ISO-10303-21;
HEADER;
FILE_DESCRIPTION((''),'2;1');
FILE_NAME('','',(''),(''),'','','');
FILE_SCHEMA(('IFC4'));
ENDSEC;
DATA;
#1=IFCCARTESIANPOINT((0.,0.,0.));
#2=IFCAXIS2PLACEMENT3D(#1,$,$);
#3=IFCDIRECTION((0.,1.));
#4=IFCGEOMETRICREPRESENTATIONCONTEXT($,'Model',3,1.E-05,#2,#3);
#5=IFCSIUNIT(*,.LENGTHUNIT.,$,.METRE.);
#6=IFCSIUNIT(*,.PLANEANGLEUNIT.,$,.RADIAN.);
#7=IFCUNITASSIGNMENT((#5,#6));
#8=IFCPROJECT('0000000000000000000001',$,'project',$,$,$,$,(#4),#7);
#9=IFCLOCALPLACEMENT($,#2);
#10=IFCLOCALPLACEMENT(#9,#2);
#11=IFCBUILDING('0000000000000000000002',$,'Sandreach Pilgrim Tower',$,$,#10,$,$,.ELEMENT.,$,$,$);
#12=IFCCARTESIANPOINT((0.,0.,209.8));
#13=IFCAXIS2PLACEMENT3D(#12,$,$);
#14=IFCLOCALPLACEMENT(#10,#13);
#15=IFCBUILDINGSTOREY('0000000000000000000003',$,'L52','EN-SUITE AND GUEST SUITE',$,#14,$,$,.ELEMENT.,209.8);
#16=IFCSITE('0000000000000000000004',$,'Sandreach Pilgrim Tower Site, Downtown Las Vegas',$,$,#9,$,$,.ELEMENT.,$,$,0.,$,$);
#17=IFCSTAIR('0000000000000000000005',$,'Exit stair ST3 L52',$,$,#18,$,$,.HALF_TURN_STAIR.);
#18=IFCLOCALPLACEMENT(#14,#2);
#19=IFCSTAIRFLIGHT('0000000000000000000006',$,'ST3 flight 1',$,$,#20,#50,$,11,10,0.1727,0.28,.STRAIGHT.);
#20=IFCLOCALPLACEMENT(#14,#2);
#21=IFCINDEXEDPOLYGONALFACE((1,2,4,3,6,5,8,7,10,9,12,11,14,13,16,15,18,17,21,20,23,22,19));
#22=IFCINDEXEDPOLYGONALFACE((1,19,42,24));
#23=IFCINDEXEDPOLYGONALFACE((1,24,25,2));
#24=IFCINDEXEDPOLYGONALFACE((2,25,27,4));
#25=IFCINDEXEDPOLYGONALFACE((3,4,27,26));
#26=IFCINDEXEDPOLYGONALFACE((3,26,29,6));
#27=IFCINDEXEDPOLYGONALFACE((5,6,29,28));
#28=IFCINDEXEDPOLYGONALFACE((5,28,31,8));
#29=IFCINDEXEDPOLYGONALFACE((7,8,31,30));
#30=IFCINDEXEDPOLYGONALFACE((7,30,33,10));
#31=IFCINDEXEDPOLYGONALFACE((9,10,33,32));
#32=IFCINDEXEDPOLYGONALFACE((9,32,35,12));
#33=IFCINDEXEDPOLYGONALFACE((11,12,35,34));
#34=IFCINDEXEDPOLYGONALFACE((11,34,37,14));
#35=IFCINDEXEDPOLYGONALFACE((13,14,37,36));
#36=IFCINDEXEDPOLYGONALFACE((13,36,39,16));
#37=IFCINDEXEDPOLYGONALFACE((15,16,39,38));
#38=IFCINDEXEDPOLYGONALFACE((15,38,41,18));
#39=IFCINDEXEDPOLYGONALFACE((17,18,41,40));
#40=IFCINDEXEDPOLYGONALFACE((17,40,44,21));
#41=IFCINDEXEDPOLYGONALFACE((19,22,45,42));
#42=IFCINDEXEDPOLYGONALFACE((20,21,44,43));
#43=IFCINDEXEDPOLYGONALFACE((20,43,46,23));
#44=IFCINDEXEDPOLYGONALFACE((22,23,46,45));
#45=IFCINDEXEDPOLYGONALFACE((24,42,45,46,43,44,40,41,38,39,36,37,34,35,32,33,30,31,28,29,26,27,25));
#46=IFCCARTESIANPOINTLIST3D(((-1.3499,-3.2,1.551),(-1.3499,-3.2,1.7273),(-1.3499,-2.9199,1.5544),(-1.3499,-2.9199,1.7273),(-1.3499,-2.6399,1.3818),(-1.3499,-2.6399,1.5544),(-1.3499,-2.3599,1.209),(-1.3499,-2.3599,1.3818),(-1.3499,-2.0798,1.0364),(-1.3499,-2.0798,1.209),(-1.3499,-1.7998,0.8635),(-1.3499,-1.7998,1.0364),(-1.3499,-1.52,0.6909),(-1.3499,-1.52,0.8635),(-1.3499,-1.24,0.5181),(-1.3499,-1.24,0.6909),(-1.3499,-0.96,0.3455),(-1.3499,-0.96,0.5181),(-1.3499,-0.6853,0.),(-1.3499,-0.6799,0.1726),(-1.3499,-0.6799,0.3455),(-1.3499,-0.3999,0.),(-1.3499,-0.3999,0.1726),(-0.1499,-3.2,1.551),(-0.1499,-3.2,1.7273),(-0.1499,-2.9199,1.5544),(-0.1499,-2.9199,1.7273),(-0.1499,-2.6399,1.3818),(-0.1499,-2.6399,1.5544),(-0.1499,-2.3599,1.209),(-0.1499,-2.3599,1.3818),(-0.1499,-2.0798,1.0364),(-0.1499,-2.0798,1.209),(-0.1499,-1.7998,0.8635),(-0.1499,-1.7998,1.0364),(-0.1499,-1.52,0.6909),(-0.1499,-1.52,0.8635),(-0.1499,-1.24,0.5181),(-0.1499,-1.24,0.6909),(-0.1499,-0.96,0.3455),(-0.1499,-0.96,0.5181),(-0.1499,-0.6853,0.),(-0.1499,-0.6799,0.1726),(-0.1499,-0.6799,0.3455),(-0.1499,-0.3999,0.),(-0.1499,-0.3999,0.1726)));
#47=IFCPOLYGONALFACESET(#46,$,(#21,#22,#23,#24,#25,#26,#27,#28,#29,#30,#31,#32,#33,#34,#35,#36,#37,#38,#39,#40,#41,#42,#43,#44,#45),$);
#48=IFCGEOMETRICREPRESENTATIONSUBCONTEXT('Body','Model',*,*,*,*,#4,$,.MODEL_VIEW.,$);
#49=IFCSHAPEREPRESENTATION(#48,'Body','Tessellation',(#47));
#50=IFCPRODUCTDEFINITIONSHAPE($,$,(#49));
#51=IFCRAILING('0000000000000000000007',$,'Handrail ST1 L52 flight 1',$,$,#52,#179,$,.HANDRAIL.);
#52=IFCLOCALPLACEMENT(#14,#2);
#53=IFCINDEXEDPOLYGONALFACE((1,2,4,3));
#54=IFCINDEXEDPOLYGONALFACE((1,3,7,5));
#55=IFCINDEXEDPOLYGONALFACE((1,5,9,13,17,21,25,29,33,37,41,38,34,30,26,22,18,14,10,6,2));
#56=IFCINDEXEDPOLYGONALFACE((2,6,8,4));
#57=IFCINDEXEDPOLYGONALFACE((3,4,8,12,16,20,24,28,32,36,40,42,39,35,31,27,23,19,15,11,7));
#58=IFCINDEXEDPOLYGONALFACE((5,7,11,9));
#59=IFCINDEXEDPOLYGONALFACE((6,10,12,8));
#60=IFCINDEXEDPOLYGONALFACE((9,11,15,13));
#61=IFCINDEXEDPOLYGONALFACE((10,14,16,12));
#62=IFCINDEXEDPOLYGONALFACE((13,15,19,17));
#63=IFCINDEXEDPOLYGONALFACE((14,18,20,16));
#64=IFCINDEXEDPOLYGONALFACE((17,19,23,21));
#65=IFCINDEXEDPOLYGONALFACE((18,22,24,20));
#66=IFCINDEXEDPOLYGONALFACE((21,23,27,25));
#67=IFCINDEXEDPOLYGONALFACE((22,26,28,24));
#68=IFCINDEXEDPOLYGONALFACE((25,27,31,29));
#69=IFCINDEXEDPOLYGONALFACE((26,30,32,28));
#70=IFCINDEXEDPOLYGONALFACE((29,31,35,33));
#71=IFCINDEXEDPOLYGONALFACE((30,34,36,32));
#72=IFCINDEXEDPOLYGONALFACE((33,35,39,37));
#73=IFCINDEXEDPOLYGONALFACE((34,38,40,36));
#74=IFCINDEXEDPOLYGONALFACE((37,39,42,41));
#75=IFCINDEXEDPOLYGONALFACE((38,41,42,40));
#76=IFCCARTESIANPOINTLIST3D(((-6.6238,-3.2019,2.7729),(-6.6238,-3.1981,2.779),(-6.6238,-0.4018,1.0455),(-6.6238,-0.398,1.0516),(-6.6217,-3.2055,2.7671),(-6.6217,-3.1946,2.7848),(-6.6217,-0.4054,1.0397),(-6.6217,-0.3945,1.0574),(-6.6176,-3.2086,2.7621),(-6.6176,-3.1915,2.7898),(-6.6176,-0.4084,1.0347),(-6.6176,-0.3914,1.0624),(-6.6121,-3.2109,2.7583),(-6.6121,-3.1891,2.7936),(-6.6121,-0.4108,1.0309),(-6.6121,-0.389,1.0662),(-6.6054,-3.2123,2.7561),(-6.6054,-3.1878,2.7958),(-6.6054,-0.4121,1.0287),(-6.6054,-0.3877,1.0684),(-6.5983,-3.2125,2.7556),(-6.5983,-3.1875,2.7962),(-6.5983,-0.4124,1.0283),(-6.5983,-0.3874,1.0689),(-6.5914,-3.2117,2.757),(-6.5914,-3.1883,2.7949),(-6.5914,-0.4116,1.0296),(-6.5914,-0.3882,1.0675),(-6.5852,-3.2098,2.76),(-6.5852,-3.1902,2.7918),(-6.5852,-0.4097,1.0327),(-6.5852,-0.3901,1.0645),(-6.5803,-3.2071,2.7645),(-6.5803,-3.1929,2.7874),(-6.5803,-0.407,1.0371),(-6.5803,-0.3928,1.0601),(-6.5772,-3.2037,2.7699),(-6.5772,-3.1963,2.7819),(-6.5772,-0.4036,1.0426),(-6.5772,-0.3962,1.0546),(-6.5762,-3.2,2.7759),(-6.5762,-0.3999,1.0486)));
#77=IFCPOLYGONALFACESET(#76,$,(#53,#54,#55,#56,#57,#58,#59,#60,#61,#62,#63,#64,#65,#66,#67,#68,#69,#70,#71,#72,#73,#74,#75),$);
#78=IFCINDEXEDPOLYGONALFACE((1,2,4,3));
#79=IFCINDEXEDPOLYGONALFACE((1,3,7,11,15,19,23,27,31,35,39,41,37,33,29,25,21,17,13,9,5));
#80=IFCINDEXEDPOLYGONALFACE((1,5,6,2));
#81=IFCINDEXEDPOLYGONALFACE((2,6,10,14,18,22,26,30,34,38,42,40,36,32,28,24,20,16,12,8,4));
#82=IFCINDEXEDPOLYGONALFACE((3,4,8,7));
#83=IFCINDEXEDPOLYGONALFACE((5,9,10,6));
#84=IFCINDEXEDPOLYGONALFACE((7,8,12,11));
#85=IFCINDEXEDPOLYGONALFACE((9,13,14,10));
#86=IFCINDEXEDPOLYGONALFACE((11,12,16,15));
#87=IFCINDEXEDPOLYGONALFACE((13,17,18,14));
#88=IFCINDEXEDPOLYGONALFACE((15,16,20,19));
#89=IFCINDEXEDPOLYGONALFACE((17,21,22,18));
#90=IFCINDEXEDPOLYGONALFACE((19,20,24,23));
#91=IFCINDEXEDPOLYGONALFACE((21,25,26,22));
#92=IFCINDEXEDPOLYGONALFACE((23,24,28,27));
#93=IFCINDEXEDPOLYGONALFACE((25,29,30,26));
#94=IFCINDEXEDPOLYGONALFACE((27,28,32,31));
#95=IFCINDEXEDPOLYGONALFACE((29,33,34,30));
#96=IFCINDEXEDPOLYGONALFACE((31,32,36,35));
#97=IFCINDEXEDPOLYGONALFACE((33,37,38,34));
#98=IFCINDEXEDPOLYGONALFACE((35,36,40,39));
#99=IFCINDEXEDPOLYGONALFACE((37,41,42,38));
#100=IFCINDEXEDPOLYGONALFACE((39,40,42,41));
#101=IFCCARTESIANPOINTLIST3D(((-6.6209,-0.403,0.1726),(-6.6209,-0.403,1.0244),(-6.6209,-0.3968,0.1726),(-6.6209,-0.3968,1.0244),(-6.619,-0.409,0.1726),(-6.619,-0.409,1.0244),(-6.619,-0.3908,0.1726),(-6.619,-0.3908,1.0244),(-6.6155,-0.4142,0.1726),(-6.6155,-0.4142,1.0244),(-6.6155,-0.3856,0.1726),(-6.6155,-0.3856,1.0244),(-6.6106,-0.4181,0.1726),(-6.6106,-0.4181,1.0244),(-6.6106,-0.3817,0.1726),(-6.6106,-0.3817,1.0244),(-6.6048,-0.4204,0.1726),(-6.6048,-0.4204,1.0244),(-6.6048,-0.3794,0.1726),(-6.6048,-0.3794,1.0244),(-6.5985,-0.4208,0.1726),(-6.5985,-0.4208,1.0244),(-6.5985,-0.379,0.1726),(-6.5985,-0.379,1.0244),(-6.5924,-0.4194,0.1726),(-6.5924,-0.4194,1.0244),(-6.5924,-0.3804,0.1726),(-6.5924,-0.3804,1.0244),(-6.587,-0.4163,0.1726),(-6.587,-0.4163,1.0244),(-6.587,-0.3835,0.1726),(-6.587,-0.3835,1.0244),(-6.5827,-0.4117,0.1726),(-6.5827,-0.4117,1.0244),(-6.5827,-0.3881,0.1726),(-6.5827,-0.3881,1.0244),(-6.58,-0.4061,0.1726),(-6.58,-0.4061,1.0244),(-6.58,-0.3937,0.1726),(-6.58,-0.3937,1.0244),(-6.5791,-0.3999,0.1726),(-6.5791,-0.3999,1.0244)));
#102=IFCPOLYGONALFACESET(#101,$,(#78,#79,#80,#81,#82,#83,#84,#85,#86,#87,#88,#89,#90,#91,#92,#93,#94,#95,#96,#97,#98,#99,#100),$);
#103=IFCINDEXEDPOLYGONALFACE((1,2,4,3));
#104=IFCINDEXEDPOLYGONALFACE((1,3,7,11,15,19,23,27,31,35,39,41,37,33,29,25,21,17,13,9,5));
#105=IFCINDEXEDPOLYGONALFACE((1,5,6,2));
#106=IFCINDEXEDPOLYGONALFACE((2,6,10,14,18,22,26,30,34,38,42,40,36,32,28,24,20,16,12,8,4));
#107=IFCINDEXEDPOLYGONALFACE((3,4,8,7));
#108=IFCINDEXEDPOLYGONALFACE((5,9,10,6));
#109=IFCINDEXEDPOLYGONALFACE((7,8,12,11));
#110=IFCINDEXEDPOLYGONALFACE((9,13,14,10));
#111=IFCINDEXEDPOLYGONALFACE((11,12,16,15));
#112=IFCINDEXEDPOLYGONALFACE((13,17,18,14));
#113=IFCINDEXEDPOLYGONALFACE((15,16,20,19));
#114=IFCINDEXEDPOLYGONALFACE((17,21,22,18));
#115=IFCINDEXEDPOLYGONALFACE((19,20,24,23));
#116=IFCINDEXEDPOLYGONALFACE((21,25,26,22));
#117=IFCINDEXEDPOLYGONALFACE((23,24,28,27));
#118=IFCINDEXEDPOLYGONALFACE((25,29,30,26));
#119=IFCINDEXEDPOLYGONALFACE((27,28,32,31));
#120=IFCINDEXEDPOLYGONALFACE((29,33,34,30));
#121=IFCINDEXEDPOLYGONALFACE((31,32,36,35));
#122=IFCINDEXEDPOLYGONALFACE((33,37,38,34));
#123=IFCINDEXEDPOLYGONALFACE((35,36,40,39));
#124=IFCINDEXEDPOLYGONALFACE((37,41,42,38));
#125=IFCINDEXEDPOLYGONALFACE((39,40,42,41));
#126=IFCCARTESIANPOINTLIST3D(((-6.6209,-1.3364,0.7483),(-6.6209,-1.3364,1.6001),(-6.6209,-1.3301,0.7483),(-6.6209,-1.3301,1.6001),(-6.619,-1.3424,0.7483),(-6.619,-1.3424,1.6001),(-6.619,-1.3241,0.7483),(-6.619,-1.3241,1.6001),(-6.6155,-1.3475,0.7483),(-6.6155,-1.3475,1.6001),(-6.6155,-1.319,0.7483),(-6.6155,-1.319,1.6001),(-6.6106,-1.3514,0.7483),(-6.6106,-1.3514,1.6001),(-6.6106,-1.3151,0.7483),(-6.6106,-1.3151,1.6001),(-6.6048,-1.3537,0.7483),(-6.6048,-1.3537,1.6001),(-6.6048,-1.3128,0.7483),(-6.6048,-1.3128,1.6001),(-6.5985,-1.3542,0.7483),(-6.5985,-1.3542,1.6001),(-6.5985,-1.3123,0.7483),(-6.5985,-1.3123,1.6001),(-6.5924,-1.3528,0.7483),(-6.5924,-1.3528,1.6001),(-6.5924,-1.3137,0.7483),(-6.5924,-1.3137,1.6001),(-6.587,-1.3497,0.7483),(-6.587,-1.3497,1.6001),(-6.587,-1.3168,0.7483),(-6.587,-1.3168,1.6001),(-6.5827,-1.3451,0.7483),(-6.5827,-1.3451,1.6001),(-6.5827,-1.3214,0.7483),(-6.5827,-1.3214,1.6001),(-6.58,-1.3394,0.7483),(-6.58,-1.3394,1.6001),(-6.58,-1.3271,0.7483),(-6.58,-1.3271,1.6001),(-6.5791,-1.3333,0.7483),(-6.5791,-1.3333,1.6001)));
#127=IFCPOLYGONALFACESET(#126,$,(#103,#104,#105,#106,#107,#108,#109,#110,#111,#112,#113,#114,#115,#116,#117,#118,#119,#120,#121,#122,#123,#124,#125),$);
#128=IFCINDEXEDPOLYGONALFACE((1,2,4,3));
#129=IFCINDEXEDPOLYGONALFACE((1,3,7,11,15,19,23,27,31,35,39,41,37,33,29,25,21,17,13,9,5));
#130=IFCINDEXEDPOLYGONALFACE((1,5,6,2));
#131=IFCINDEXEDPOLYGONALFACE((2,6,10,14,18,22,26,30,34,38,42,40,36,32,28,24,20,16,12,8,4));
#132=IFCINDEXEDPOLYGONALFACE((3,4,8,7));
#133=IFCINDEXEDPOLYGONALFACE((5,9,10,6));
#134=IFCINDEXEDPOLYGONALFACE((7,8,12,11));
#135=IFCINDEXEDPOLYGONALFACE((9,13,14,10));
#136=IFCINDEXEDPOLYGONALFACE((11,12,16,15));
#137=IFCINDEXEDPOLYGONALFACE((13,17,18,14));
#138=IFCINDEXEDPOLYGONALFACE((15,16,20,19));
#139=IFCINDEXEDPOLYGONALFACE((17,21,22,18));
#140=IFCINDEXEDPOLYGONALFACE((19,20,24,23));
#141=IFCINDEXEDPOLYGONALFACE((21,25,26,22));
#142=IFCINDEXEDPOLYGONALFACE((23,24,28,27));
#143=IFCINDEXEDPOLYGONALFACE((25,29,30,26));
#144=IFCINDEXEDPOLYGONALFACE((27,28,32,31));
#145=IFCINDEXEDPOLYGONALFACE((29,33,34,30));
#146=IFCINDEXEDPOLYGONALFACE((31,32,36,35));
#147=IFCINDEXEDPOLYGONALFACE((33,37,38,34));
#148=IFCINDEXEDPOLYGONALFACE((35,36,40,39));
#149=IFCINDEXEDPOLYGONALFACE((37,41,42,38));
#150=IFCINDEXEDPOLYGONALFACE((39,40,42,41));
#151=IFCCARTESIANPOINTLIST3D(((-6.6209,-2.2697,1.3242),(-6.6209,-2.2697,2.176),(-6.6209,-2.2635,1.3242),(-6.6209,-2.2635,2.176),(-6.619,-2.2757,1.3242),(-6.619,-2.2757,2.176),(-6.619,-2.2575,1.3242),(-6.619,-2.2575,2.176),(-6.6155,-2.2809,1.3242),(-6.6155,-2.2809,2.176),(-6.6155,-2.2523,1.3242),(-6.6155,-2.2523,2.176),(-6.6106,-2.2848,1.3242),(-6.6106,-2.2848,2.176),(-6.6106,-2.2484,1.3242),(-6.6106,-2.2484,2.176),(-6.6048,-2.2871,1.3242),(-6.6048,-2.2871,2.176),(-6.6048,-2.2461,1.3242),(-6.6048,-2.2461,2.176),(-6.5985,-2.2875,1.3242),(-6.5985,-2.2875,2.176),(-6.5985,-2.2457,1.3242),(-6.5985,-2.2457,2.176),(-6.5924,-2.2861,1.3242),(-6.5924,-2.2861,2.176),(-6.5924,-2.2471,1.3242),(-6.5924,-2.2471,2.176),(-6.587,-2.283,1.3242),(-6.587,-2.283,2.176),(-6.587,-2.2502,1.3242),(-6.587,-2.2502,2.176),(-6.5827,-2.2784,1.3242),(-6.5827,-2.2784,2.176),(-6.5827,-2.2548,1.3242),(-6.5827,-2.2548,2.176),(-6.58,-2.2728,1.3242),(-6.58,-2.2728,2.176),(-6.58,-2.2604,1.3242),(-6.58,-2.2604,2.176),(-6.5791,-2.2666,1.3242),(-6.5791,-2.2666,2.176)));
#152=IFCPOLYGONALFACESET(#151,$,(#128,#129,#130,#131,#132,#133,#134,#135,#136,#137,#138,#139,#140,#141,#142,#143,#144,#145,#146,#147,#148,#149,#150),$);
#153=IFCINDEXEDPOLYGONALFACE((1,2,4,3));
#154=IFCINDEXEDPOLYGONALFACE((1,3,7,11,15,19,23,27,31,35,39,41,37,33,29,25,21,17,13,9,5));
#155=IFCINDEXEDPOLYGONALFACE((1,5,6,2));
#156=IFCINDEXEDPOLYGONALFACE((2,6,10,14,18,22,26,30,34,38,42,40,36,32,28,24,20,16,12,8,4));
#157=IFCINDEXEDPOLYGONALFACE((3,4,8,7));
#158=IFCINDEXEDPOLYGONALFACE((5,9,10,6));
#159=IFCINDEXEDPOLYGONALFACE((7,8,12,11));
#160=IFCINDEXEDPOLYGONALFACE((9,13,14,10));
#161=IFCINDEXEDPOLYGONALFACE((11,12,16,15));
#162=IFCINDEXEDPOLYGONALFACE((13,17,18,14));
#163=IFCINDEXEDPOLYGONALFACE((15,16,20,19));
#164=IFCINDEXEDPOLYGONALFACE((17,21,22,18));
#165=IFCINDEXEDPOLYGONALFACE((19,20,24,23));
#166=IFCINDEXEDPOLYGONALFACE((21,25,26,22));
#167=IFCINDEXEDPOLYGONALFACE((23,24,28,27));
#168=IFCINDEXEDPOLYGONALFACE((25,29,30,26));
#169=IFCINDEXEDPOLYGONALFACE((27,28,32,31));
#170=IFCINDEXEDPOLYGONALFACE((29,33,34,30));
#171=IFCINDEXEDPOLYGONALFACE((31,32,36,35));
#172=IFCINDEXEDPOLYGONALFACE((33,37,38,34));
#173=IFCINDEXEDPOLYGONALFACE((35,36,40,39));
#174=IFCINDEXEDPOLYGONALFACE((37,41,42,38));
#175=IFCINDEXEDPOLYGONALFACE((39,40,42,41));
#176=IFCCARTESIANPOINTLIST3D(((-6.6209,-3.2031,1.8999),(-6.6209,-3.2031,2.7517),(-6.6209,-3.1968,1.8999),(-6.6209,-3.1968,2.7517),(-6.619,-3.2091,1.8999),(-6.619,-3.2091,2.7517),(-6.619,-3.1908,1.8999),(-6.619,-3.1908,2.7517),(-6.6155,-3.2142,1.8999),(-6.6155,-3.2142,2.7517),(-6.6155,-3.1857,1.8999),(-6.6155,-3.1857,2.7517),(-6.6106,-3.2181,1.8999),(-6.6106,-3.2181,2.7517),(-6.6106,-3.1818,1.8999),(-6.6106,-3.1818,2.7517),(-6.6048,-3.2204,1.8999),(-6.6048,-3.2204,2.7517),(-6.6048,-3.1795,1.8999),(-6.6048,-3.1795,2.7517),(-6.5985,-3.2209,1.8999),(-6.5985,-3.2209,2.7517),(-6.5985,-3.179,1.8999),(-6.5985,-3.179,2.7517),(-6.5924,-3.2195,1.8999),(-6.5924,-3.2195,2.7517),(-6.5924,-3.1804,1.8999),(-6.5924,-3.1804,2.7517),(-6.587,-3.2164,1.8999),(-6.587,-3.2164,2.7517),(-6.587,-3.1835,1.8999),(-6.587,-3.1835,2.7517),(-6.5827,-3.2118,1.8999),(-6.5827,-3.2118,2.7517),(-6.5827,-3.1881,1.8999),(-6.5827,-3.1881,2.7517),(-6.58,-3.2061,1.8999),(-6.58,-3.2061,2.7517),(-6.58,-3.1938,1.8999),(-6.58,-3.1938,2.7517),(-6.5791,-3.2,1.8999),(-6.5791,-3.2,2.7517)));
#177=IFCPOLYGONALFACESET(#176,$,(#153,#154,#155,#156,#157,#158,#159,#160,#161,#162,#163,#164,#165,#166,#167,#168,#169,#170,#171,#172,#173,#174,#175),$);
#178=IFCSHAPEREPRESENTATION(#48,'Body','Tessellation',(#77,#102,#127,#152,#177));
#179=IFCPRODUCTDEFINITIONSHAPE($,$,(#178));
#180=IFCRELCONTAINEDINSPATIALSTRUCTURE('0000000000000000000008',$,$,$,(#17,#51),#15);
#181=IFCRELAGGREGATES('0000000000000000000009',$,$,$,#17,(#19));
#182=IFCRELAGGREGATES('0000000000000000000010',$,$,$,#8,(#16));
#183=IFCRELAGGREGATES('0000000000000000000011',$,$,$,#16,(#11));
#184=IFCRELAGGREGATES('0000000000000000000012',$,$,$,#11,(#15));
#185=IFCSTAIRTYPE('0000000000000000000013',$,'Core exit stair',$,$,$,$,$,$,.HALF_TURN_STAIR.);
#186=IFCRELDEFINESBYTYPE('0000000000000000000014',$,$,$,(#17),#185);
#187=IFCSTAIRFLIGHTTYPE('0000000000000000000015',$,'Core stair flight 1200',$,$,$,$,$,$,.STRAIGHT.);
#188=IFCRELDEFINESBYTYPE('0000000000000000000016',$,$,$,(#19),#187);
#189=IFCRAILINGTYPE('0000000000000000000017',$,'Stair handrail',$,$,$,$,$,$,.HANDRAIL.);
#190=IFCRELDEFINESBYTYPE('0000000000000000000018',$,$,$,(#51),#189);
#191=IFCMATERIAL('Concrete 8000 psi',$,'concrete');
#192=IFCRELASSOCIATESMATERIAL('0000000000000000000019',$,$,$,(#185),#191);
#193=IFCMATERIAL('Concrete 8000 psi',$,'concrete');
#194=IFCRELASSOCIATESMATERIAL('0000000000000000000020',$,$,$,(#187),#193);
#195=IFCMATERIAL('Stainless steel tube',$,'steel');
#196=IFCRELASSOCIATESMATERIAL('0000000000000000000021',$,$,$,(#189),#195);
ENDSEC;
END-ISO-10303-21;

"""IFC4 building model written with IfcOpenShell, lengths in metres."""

from ifc_helpers import new_model, si_unit, direction, frame, origin, origin_2d, place, context, subcontext, project, spatial, polyline, circle, outline, extrude, material, type_object, element, aggregate, save


model = new_model("IFC4")

# Units and contexts
model_context = context("Model", 3, precision=1e-05, world=origin(), true_north=direction((0.0, 1.0)))
body_context = subcontext(model_context, "Body", "Model", "MODEL_VIEW")
ifc_project = project(units=[si_unit("LENGTHUNIT", "METRE"), si_unit("PLANEANGLEUNIT", "RADIAN")], contexts=[model_context])

# Site, building, storey
site_placement = place(None, origin())
site = spatial("IfcSite", under=ifc_project, at=site_placement, Name="Sandreach Pilgrim Tower Site, Downtown Las Vegas", CompositionType="ELEMENT", RefElevation=0.0)
building_placement = place(site_placement, origin())
building = spatial("IfcBuilding", under=site, at=building_placement, Name="Sandreach Pilgrim Tower", CompositionType="ELEMENT")
storey_placement = place(building_placement, frame((0.0, 0.0, 209.8)))
storey = spatial("IfcBuildingStorey", under=building, at=storey_placement, Name="L52", Description="EN-SUITE AND GUEST SUITE", CompositionType="ELEMENT", Elevation=209.8)

# Shared definitions
ifc_material_1 = material(Name="Concrete 8000 psi", Category="concrete")
stair_type = type_object("IfcStairType", Name="Core exit stair", PredefinedType="HALF_TURN_STAIR", material=ifc_material_1)
ifc_material_2 = material(Name="Concrete 8000 psi", Category="concrete")
stair_flight_type = type_object("IfcStairFlightType", Name="Core stair flight 1200", PredefinedType="STRAIGHT", material=ifc_material_2)

# Stair, stair flight
stair_1_placement = place(storey_placement, origin())
stair_1 = element("IfcStair", 1, at=stair_1_placement, inside=storey, type_object=stair_type, Name="Exit stair ST3 L52", PredefinedType="HALF_TURN_STAIR")
stair_flight_1_placement = place(storey_placement, frame((-0.75, -0.3999, 0.0), z_axis=(0.0, 0.0, 1.0), x_axis=(0.0, -1.0, 0.0)))
stair_flight_1 = element("IfcStairFlight", 2, at=stair_flight_1_placement, type_object=stair_flight_type, Name="ST3 flight 1", NumberOfRisers=11, NumberOfTreads=10, PredefinedType="STRAIGHT", RiserHeight=0.1727, TreadLength=0.28, context=body_context, shape_type="SweptSolid", body=[
    extrude(outline(polyline([(0.0, 0.0), (0.0, 0.1726), (0.28, 0.1726), (0.28, 0.3455), (0.5601, 0.3455), (0.5601, 0.5181), (0.8401, 0.5181), (0.8401, 0.6909), (1.1201, 0.6909), (1.1201, 0.8635), (1.3999, 0.8635), (1.3999, 1.0364), (1.6799, 1.0364), (1.6799, 1.209), (1.96, 1.209), (1.96, 1.3818), (2.24, 1.3818), (2.24, 1.5544), (2.52, 1.5544), (2.52, 1.7273), (2.8, 1.7273), (2.8, 1.8999), (2.8, 1.551), (0.2854, 0.0), (0.0, 0.0)])), frame((0.0, 0.6001, 0.0), z_axis=(0.0, -1.0, 0.0), x_axis=(1.0, 0.0, 0.0)), (0.0, 0.0, 1.0), 1.2),
])
aggregate(stair_1, [stair_flight_1])

# Railing
ifc_material_3 = material(Name="Stainless steel tube", Category="steel")
railing_type = type_object("IfcRailingType", Name="Stair handrail", PredefinedType="HANDRAIL", material=ifc_material_3)
for number, where, name in (
    (3, (-6.6001, -0.3999, 0.1726), "Handrail ST1 L52 flight 1"),
):
    element("IfcRailing", number, at=place(storey_placement, frame(where)), inside=storey, type_object=railing_type, Name=name, PredefinedType="HANDRAIL", context=body_context, shape_type="SweptSolid", body=[
        extrude(circle(Radius=0.0239, at=origin_2d()), frame((0.0, 0.0, 0.876), z_axis=(0.0, -0.85109, 0.52502), x_axis=(1.0, 0.0, 0.0)), (0.0, 0.0, 1.0), 3.29),
        extrude(circle(Radius=0.021, at=origin_2d()), origin(), (0.0, 0.0, 1.0), 0.8518),
        extrude(circle(Radius=0.021, at=origin_2d()), frame((0.0, -0.9333, 0.5757)), (0.0, 0.0, 1.0), 0.8518),
        extrude(circle(Radius=0.021, at=origin_2d()), frame((0.0, -1.8667, 1.1516)), (0.0, 0.0, 1.0), 0.8518),
        extrude(circle(Radius=0.021, at=origin_2d()), frame((0.0, -2.8, 1.7273)), (0.0, 0.0, 1.0), 0.8518),
    ])

save(model, "model.ifc")
